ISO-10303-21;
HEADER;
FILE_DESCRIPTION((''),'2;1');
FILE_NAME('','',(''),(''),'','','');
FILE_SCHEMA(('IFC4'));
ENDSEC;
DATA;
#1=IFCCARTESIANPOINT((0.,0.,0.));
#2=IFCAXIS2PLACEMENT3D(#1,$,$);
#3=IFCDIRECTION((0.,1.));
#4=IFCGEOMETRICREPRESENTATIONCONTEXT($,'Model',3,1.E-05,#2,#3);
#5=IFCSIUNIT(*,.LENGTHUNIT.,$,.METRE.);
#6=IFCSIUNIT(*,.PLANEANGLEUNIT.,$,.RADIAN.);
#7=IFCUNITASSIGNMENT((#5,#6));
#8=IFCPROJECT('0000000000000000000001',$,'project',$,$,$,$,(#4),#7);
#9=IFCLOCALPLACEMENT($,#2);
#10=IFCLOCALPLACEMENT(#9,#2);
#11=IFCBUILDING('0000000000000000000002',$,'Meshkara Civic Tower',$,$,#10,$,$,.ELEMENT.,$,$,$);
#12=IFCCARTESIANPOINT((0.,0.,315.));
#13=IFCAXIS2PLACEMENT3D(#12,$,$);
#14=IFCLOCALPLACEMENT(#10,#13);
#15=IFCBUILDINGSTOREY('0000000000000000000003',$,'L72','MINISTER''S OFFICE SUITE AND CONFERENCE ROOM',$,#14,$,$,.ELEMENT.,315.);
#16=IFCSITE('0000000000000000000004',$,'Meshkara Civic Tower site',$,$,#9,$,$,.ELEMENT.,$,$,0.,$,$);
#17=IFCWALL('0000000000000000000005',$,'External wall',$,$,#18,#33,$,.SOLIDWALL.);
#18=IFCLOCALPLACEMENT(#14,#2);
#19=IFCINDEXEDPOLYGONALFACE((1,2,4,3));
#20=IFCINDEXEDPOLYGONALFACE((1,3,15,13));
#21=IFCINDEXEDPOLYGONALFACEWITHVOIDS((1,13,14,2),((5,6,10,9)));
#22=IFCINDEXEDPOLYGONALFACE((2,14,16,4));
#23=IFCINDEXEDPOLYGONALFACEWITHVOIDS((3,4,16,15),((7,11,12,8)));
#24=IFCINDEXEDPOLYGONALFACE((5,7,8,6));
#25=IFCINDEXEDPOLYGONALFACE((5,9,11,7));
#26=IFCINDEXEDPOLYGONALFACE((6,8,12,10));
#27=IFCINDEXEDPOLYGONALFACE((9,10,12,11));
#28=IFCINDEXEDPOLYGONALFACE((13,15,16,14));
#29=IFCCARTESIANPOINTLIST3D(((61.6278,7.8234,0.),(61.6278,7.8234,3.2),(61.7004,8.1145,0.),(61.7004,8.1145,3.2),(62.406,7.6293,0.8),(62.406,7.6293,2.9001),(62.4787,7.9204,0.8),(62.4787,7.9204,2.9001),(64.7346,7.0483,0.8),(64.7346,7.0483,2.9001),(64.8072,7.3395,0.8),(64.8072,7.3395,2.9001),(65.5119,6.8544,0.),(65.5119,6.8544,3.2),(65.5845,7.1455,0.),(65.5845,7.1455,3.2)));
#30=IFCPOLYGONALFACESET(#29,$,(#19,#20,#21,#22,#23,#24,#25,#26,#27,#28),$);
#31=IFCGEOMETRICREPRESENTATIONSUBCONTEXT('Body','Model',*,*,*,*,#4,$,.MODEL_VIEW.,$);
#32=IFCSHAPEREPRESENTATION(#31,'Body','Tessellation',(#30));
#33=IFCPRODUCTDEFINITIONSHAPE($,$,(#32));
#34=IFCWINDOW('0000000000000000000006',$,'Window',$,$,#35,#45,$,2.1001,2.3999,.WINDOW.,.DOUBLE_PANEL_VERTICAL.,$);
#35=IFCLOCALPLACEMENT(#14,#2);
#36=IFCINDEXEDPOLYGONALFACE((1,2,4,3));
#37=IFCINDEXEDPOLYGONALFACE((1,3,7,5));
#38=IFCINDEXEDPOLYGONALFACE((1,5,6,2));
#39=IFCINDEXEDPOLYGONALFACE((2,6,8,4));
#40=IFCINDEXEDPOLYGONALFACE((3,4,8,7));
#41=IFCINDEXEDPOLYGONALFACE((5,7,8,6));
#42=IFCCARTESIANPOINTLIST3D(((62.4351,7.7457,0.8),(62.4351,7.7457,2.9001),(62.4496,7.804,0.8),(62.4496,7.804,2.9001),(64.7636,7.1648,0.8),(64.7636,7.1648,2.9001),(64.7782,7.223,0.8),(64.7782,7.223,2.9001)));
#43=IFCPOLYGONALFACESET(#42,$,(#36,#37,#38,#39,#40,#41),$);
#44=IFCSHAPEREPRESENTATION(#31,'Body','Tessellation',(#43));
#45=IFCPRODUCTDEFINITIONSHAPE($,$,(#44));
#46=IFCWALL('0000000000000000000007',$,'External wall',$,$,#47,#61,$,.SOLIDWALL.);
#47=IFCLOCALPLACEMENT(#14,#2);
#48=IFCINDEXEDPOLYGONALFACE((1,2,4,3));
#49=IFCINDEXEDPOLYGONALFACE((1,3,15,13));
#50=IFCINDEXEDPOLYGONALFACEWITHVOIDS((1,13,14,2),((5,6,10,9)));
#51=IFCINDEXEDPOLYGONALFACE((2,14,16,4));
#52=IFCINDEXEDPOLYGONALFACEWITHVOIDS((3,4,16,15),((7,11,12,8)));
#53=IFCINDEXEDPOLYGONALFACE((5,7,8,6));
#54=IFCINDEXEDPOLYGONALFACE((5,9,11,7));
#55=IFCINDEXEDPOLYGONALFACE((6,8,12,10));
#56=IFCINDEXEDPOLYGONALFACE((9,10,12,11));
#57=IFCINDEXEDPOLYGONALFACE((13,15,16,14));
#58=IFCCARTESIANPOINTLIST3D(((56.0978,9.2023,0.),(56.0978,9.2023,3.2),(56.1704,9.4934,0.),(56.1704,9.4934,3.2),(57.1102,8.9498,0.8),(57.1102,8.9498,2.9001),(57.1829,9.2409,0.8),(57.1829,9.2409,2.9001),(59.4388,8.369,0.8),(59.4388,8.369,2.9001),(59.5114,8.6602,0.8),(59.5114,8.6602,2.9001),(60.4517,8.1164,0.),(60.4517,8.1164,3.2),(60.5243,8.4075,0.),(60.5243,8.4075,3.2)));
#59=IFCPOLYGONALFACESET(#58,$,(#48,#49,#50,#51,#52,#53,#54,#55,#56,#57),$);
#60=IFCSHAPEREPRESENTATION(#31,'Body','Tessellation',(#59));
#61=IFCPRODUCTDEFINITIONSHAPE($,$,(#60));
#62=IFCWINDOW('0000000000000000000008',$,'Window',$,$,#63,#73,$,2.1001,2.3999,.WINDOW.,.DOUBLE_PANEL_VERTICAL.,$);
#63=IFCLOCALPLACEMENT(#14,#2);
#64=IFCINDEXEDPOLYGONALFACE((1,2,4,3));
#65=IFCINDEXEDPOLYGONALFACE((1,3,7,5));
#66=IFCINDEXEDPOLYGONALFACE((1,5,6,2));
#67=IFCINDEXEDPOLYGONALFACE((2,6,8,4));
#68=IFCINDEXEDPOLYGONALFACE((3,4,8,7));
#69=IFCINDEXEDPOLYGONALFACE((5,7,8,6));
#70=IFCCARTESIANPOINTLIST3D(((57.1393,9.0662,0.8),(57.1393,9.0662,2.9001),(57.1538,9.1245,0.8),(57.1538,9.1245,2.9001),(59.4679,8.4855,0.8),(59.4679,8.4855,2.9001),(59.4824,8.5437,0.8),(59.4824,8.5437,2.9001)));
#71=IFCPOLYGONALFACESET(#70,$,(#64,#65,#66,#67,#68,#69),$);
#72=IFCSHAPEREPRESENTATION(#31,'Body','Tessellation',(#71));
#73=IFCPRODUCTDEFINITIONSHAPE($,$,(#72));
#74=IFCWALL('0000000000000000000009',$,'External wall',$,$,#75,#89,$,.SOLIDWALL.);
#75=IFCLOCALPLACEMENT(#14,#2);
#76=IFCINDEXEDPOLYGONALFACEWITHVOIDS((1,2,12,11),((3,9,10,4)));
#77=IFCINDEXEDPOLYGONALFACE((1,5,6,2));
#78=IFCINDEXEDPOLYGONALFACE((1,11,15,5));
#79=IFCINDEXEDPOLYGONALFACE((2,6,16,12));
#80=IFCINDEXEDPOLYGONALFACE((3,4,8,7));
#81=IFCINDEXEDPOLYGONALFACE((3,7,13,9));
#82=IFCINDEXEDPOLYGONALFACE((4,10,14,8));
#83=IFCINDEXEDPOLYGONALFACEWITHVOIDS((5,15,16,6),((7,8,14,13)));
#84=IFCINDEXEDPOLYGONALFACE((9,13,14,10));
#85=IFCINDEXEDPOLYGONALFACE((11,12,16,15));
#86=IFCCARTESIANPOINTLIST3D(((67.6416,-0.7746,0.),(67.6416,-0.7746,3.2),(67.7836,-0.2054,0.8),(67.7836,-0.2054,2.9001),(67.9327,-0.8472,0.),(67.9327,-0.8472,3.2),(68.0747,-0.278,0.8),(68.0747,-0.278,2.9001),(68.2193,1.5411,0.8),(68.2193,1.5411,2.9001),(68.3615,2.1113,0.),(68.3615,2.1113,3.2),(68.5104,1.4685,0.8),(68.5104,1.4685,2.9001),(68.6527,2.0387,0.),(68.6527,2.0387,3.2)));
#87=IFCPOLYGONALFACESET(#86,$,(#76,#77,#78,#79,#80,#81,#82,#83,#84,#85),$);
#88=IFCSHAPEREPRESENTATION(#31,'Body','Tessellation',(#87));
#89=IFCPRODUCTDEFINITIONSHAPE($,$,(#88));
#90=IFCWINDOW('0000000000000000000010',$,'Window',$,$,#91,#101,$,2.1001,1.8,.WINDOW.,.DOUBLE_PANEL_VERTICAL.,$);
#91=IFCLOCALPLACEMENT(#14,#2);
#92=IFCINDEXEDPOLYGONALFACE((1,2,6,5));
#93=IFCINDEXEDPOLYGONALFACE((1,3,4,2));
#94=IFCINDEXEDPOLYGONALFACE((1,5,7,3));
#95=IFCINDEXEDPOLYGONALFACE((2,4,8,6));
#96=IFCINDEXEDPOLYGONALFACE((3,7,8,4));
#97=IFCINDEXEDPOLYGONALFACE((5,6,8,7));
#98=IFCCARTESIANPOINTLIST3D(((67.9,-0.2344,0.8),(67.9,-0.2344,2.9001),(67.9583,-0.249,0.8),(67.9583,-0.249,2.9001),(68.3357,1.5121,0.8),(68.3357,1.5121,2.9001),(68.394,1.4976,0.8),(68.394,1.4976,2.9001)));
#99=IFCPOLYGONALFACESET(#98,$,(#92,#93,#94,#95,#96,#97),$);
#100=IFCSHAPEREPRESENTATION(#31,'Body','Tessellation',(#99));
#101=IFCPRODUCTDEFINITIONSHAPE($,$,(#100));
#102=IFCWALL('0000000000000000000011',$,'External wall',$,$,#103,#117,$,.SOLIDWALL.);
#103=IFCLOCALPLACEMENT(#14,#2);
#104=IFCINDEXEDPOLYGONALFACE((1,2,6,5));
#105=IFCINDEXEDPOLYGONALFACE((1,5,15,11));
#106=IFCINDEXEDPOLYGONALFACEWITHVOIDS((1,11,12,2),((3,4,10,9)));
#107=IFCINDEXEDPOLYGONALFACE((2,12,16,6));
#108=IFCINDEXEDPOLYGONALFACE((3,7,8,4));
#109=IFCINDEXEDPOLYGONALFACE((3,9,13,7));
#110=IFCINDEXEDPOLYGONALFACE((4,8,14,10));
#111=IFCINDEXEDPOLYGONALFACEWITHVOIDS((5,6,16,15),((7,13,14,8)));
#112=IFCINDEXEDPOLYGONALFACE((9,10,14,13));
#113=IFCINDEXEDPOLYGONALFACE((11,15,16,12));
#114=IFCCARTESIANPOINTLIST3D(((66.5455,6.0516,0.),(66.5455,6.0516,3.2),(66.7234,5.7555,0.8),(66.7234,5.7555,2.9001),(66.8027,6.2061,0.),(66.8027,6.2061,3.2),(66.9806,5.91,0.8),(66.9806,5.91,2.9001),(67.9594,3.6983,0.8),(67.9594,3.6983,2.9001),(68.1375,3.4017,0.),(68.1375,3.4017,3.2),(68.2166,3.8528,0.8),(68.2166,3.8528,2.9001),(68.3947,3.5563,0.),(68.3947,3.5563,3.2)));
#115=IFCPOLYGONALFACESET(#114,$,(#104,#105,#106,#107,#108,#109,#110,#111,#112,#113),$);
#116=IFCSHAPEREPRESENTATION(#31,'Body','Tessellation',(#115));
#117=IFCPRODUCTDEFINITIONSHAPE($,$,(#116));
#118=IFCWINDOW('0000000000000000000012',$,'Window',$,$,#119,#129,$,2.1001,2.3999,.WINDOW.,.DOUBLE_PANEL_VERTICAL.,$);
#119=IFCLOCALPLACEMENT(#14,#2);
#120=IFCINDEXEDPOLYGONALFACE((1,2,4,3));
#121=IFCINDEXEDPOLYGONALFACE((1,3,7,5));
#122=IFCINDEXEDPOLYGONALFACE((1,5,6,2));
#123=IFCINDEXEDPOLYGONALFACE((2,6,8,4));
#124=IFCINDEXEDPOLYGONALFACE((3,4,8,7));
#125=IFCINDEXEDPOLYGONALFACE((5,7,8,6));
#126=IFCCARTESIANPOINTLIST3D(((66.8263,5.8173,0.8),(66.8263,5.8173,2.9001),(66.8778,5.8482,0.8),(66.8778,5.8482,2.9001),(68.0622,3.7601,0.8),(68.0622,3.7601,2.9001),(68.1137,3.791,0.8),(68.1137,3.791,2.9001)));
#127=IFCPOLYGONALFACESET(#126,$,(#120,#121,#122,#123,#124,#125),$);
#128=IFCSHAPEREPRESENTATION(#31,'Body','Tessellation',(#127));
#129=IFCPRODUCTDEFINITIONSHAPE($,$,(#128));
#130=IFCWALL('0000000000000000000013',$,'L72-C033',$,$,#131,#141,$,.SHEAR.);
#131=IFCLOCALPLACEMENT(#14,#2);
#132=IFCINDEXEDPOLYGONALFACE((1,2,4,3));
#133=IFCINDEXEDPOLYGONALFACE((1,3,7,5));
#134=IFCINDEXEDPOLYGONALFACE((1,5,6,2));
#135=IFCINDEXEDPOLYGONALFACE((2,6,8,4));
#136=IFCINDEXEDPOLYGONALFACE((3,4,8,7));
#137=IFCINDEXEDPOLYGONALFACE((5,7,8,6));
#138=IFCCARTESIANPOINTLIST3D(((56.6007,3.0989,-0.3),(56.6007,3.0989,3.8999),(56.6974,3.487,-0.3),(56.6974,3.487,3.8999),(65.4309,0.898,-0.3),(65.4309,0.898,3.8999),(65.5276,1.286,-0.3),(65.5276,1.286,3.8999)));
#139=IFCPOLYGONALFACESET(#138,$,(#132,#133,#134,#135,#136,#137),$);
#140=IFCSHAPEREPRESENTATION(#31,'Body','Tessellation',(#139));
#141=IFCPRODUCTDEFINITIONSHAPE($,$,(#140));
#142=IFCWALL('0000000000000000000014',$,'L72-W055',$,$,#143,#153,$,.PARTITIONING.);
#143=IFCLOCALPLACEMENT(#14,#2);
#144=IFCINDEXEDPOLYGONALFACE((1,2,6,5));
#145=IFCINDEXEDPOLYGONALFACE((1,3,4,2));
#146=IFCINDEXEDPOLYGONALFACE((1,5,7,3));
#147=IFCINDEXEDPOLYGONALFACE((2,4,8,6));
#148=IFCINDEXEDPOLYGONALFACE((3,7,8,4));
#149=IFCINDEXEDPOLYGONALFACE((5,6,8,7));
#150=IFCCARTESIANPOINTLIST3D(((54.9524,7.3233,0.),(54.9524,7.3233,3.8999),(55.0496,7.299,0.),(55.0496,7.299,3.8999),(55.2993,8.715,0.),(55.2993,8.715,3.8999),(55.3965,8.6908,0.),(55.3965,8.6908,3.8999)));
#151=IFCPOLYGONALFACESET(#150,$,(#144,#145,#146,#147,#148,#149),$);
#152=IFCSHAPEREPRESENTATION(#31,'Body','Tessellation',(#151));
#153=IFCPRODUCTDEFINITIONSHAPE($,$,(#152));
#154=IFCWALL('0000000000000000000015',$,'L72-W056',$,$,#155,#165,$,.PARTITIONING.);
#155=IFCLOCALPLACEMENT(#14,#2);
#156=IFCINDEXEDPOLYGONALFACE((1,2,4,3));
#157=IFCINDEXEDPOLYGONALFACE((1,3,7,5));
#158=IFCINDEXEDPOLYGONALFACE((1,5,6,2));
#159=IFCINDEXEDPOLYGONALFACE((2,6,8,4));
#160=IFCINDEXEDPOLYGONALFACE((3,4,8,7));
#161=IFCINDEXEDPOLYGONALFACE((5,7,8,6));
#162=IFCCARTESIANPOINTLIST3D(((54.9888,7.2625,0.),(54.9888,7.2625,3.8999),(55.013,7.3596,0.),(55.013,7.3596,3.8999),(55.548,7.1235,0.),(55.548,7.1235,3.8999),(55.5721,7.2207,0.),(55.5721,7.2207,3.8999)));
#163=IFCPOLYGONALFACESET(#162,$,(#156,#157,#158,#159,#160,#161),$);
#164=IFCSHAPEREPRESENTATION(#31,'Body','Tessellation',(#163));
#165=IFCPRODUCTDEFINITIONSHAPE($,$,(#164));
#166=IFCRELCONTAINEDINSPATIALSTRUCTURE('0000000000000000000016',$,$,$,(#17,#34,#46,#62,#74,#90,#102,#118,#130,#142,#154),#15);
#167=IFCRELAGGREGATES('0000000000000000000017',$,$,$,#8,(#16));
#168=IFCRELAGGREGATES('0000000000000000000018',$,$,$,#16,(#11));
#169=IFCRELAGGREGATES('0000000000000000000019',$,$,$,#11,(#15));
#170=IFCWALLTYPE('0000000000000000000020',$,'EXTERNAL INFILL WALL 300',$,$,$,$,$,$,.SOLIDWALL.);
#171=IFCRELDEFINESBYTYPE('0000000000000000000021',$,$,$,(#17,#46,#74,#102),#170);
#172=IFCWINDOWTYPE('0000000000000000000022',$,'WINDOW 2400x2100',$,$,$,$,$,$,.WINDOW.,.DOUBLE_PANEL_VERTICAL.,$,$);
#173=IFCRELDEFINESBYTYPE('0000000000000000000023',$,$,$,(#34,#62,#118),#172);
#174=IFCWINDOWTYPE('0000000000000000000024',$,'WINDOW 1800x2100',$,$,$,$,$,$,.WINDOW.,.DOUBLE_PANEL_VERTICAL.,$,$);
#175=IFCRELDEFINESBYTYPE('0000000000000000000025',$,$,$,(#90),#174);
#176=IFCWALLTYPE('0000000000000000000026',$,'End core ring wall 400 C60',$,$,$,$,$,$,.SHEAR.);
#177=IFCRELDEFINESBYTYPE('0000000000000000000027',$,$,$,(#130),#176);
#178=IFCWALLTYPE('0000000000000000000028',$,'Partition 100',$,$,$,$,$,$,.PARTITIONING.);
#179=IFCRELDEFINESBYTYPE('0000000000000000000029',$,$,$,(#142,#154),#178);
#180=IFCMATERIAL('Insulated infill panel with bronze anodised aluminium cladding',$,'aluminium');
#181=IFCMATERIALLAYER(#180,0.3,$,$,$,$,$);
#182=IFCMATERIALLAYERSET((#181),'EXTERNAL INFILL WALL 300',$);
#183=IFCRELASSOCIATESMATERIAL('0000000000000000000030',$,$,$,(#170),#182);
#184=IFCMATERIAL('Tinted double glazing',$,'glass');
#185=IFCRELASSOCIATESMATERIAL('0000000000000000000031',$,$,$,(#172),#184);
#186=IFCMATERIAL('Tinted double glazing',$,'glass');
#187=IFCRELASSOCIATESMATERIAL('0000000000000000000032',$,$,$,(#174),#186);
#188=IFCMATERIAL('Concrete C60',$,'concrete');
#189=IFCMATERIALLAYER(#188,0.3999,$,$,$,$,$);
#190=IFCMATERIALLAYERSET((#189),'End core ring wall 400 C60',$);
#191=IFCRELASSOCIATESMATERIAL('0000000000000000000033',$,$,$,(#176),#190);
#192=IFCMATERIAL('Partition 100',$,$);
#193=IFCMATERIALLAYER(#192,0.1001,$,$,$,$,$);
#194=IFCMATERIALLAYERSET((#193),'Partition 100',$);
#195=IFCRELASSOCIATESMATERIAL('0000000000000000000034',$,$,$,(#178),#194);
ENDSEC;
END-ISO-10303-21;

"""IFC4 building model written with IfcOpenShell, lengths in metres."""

from ifc_helpers import new_model, si_unit, direction, frame, frame_2d, origin, place, context, subcontext, project, spatial, rectangle, extrude, material, layer, layer_set, type_object, element, fill, save


model = new_model("IFC4")

# Units and contexts
model_context = context("Model", 3, precision=1e-05, world=origin(), true_north=direction((0.0, 1.0)))
body_context = subcontext(model_context, "Body", "Model", "MODEL_VIEW")
ifc_project = project(units=[si_unit("LENGTHUNIT", "METRE"), si_unit("PLANEANGLEUNIT", "RADIAN")], contexts=[model_context])

# Site, building, storey
site_placement = place(None, origin())
site = spatial("IfcSite", under=ifc_project, at=site_placement, Name="Meshkara Civic Tower site", CompositionType="ELEMENT", RefElevation=0.0)
building_placement = place(site_placement, origin())
building = spatial("IfcBuilding", under=site, at=building_placement, Name="Meshkara Civic Tower", CompositionType="ELEMENT")
storey_placement = place(building_placement, frame((0.0, 0.0, 315.0)))
storey = spatial("IfcBuildingStorey", under=building, at=storey_placement, Name="L72", Description="MINISTER'S OFFICE SUITE AND CONFERENCE ROOM", CompositionType="ELEMENT", Elevation=315.0)

# Walls, openings, windows
ifc_material_1 = material(Name="Insulated infill panel with bronze anodised aluminium cladding", Category="aluminium")
ifc_layer_1 = layer(ifc_material_1, 0.3)
ifc_layer_set_1 = layer_set([ifc_layer_1], Name="EXTERNAL INFILL WALL 300")
wall_type_1 = type_object("IfcWallType", Name="EXTERNAL INFILL WALL 300", PredefinedType="SOLIDWALL", material=ifc_layer_set_1)
wall_1_placement = place(storey_placement, frame((65.5481, 7.0, 0.0), z_axis=(0.0, 0.0, 1.0), x_axis=(-0.970261, 0.242062, 0.0)))
wall_1 = element("IfcWall", 1, at=wall_1_placement, inside=storey, type_object=wall_type_1, Name="External wall", PredefinedType="SOLIDWALL", context=body_context, shape_type="SweptSolid", body=[
    extrude(rectangle(XDim=4.0032, YDim=0.3, at=frame_2d((2.0015, 0.0))), origin(), (0.0, 0.0, 1.0), 3.2),
])
opening_1_placement = place(wall_1_placement, frame((0.801, 0.0, 0.8)))
opening_1 = element("IfcOpeningElement", 2, at=opening_1_placement, cuts=wall_1, PredefinedType="OPENING", context=body_context, shape_type="SweptSolid", body=[
    extrude(rectangle(XDim=2.3999, YDim=2.1001, at=frame_2d((1.2, 1.05))), frame((0.0, 0.1599, 0.0), z_axis=(0.0, -1.0, 0.0), x_axis=(1.0, 0.0, 0.0)), (0.0, 0.0, 1.0), 0.3201),
])
ifc_material_2 = material(Name="Tinted double glazing", Category="glass")
window_type_1 = type_object("IfcWindowType", Name="WINDOW 2400x2100", PartitioningType="DOUBLE_PANEL_VERTICAL", PredefinedType="WINDOW", material=ifc_material_2)
window_1_placement = place(opening_1_placement, origin())
window_1 = element("IfcWindow", 3, at=window_1_placement, inside=storey, type_object=window_type_1, Name="Window", OverallHeight=2.1001, OverallWidth=2.3999, PartitioningType="DOUBLE_PANEL_VERTICAL", PredefinedType="WINDOW", context=body_context, shape_type="SweptSolid", body=[
    extrude(rectangle(XDim=2.3999, YDim=2.1001, at=frame_2d((1.2, 1.05))), frame((0.0, 0.03, 0.0), z_axis=(0.0, -1.0, 0.0), x_axis=(1.0, 0.0, 0.0)), (0.0, 0.0, 1.0), 0.0601),
])
fill(opening_1, window_1)
wall_2_placement = place(storey_placement, frame((60.488, 8.262, 0.0), z_axis=(0.0, 0.0, 1.0), x_axis=(-0.970277, 0.241998, 0.0)))
wall_2 = element("IfcWall", 4, at=wall_2_placement, inside=storey, type_object=wall_type_1, Name="External wall", PredefinedType="SOLIDWALL", context=body_context, shape_type="SweptSolid", body=[
    extrude(rectangle(XDim=4.4873, YDim=0.3, at=frame_2d((2.2437, 0.0))), origin(), (0.0, 0.0, 1.0), 3.2),
])
opening_2_placement = place(wall_2_placement, frame((1.0439, 0.0, 0.8)))
opening_2 = element("IfcOpeningElement", 5, at=opening_2_placement, cuts=wall_2, PredefinedType="OPENING", context=body_context, shape_type="SweptSolid", body=[
    extrude(rectangle(XDim=2.3999, YDim=2.1001, at=frame_2d((1.2, 1.05))), frame((0.0, 0.1599, 0.0), z_axis=(0.0, -1.0, 0.0), x_axis=(1.0, 0.0, 0.0)), (0.0, 0.0, 1.0), 0.3201),
])
window_2_placement = place(opening_2_placement, origin())
window_2 = element("IfcWindow", 6, at=window_2_placement, inside=storey, type_object=window_type_1, Name="Window", OverallHeight=2.1001, OverallWidth=2.3999, PartitioningType="DOUBLE_PANEL_VERTICAL", PredefinedType="WINDOW", context=body_context, shape_type="SweptSolid", body=[
    extrude(rectangle(XDim=2.3999, YDim=2.1001, at=frame_2d((1.2, 1.05))), frame((0.0, 0.03, 0.0), z_axis=(0.0, -1.0, 0.0), x_axis=(1.0, 0.0, 0.0)), (0.0, 0.0, 1.0), 0.0601),
])
fill(opening_2, window_2)
wall_3_placement = place(storey_placement, frame((67.7871, -0.811, 0.0), z_axis=(0.0, 0.0, 1.0), x_axis=(0.242053, 0.970263, 0.0)))
wall_3 = element("IfcWall", 7, at=wall_3_placement, inside=storey, type_object=wall_type_1, Name="External wall", PredefinedType="SOLIDWALL", context=body_context, shape_type="SweptSolid", body=[
    extrude(rectangle(XDim=2.9744, YDim=0.3, at=frame_2d((1.4873, 0.0))), origin(), (0.0, 0.0, 1.0), 3.2),
])
opening_3_placement = place(wall_3_placement, frame((0.5869, 0.0, 0.8)))
opening_3 = element("IfcOpeningElement", 8, at=opening_3_placement, cuts=wall_3, PredefinedType="OPENING", context=body_context, shape_type="SweptSolid", body=[
    extrude(rectangle(XDim=1.8, YDim=2.1001, at=frame_2d((0.8999, 1.05))), frame((0.0, 0.1599, 0.0), z_axis=(0.0, -1.0, 0.0), x_axis=(1.0, 0.0, 0.0)), (0.0, 0.0, 1.0), 0.3201),
])
ifc_material_3 = material(Name="Tinted double glazing", Category="glass")
window_type_2 = type_object("IfcWindowType", Name="WINDOW 1800x2100", PartitioningType="DOUBLE_PANEL_VERTICAL", PredefinedType="WINDOW", material=ifc_material_3)
window_3_placement = place(opening_3_placement, origin())
window_3 = element("IfcWindow", 9, at=window_3_placement, inside=storey, type_object=window_type_2, Name="Window", OverallHeight=2.1001, OverallWidth=1.8, PartitioningType="DOUBLE_PANEL_VERTICAL", PredefinedType="WINDOW", context=body_context, shape_type="SweptSolid", body=[
    extrude(rectangle(XDim=1.8, YDim=2.1001, at=frame_2d((0.8999, 1.05))), frame((0.0, 0.03, 0.0), z_axis=(0.0, -1.0, 0.0), x_axis=(1.0, 0.0, 0.0)), (0.0, 0.0, 1.0), 0.0601),
])
fill(opening_3, window_3)
wall_4_placement = place(storey_placement, frame((68.2661, 3.479, 0.0), z_axis=(0.0, 0.0, 1.0), x_axis=(-0.514995, 0.857193, 0.0)))
wall_4 = element("IfcWall", 10, at=wall_4_placement, inside=storey, type_object=wall_type_1, Name="External wall", PredefinedType="SOLIDWALL", context=body_context, shape_type="SweptSolid", body=[
    extrude(rectangle(XDim=3.0913, YDim=0.3, at=frame_2d((1.5457, 0.0))), origin(), (0.0, 0.0, 1.0), 3.2),
])
opening_4_placement = place(wall_4_placement, frame((0.3459, 0.0, 0.8)))
opening_4 = element("IfcOpeningElement", 11, at=opening_4_placement, cuts=wall_4, PredefinedType="OPENING", context=body_context, shape_type="SweptSolid", body=[
    extrude(rectangle(XDim=2.3999, YDim=2.1001, at=frame_2d((1.2, 1.05))), frame((0.0, 0.1599, 0.0), z_axis=(0.0, -1.0, 0.0), x_axis=(1.0, 0.0, 0.0)), (0.0, 0.0, 1.0), 0.3201),
])
window_4_placement = place(opening_4_placement, origin())
window_4 = element("IfcWindow", 12, at=window_4_placement, inside=storey, type_object=window_type_1, Name="Window", OverallHeight=2.1001, OverallWidth=2.3999, PartitioningType="DOUBLE_PANEL_VERTICAL", PredefinedType="WINDOW", context=body_context, shape_type="SweptSolid", body=[
    extrude(rectangle(XDim=2.3999, YDim=2.1001, at=frame_2d((1.2, 1.05))), frame((0.0, 0.03, 0.0), z_axis=(0.0, -1.0, 0.0), x_axis=(1.0, 0.0, 0.0)), (0.0, 0.0, 1.0), 0.0601),
])
fill(opening_4, window_4)

# Walls
ifc_material_4 = material(Name="Concrete C60", Category="concrete")
ifc_layer_2 = layer(ifc_material_4, 0.3999)
ifc_layer_set_2 = layer_set([ifc_layer_2], Name="End core ring wall 400 C60")
wall_type_2 = type_object("IfcWallType", Name="End core ring wall 400 C60", PredefinedType="SHEAR", material=ifc_layer_set_2)
wall_5_placement = place(storey_placement, frame((56.6489, 3.293, -0.3), z_axis=(0.0, 0.0, 1.0), x_axis=(0.970313, -0.241854, 0.0)))
element("IfcWall", 13, at=wall_5_placement, inside=storey, type_object=wall_type_2, Name="L72-C033", PredefinedType="SHEAR", context=body_context, shape_type="SweptSolid", body=[
    extrude(rectangle(XDim=9.1003, YDim=0.3999, at=frame_2d((4.5503, 0.0))), origin(), (0.0, 0.0, 1.0), 4.2),
])
ifc_material_5 = material(Name="Partition 100")
ifc_layer_3 = layer(ifc_material_5, 0.1001)
ifc_layer_set_3 = layer_set([ifc_layer_3], Name="Partition 100")
wall_type_3 = type_object("IfcWallType", Name="Partition 100", PredefinedType="PARTITIONING", material=ifc_layer_set_3)
wall_6_placement = place(storey_placement, frame((55.001, 7.311, 0.0), z_axis=(0.0, 0.0, 1.0), x_axis=(0.241855, 0.970312, 0.0)))
element("IfcWall", 14, at=wall_6_placement, inside=storey, type_object=wall_type_3, Name="L72-W055", PredefinedType="PARTITIONING", context=body_context, shape_type="SweptSolid", body=[
    extrude(rectangle(XDim=1.4343, YDim=0.1001, at=frame_2d((0.7173, 0.0))), origin(), (0.0, 0.0, 1.0), 3.8999),
])
wall_7_placement = place(storey_placement, frame((55.5601, 7.1721, 0.0), z_axis=(0.0, 0.0, 1.0), x_axis=(-0.970491, 0.241139, 0.0)))
element("IfcWall", 15, at=wall_7_placement, inside=storey, type_object=wall_type_3, Name="L72-W056", PredefinedType="PARTITIONING", context=body_context, shape_type="SweptSolid", body=[
    extrude(rectangle(XDim=0.5762, YDim=0.1001, at=frame_2d((0.2881, 0.0))), origin(), (0.0, 0.0, 1.0), 3.8999),
])

save(model, "model.ifc")
